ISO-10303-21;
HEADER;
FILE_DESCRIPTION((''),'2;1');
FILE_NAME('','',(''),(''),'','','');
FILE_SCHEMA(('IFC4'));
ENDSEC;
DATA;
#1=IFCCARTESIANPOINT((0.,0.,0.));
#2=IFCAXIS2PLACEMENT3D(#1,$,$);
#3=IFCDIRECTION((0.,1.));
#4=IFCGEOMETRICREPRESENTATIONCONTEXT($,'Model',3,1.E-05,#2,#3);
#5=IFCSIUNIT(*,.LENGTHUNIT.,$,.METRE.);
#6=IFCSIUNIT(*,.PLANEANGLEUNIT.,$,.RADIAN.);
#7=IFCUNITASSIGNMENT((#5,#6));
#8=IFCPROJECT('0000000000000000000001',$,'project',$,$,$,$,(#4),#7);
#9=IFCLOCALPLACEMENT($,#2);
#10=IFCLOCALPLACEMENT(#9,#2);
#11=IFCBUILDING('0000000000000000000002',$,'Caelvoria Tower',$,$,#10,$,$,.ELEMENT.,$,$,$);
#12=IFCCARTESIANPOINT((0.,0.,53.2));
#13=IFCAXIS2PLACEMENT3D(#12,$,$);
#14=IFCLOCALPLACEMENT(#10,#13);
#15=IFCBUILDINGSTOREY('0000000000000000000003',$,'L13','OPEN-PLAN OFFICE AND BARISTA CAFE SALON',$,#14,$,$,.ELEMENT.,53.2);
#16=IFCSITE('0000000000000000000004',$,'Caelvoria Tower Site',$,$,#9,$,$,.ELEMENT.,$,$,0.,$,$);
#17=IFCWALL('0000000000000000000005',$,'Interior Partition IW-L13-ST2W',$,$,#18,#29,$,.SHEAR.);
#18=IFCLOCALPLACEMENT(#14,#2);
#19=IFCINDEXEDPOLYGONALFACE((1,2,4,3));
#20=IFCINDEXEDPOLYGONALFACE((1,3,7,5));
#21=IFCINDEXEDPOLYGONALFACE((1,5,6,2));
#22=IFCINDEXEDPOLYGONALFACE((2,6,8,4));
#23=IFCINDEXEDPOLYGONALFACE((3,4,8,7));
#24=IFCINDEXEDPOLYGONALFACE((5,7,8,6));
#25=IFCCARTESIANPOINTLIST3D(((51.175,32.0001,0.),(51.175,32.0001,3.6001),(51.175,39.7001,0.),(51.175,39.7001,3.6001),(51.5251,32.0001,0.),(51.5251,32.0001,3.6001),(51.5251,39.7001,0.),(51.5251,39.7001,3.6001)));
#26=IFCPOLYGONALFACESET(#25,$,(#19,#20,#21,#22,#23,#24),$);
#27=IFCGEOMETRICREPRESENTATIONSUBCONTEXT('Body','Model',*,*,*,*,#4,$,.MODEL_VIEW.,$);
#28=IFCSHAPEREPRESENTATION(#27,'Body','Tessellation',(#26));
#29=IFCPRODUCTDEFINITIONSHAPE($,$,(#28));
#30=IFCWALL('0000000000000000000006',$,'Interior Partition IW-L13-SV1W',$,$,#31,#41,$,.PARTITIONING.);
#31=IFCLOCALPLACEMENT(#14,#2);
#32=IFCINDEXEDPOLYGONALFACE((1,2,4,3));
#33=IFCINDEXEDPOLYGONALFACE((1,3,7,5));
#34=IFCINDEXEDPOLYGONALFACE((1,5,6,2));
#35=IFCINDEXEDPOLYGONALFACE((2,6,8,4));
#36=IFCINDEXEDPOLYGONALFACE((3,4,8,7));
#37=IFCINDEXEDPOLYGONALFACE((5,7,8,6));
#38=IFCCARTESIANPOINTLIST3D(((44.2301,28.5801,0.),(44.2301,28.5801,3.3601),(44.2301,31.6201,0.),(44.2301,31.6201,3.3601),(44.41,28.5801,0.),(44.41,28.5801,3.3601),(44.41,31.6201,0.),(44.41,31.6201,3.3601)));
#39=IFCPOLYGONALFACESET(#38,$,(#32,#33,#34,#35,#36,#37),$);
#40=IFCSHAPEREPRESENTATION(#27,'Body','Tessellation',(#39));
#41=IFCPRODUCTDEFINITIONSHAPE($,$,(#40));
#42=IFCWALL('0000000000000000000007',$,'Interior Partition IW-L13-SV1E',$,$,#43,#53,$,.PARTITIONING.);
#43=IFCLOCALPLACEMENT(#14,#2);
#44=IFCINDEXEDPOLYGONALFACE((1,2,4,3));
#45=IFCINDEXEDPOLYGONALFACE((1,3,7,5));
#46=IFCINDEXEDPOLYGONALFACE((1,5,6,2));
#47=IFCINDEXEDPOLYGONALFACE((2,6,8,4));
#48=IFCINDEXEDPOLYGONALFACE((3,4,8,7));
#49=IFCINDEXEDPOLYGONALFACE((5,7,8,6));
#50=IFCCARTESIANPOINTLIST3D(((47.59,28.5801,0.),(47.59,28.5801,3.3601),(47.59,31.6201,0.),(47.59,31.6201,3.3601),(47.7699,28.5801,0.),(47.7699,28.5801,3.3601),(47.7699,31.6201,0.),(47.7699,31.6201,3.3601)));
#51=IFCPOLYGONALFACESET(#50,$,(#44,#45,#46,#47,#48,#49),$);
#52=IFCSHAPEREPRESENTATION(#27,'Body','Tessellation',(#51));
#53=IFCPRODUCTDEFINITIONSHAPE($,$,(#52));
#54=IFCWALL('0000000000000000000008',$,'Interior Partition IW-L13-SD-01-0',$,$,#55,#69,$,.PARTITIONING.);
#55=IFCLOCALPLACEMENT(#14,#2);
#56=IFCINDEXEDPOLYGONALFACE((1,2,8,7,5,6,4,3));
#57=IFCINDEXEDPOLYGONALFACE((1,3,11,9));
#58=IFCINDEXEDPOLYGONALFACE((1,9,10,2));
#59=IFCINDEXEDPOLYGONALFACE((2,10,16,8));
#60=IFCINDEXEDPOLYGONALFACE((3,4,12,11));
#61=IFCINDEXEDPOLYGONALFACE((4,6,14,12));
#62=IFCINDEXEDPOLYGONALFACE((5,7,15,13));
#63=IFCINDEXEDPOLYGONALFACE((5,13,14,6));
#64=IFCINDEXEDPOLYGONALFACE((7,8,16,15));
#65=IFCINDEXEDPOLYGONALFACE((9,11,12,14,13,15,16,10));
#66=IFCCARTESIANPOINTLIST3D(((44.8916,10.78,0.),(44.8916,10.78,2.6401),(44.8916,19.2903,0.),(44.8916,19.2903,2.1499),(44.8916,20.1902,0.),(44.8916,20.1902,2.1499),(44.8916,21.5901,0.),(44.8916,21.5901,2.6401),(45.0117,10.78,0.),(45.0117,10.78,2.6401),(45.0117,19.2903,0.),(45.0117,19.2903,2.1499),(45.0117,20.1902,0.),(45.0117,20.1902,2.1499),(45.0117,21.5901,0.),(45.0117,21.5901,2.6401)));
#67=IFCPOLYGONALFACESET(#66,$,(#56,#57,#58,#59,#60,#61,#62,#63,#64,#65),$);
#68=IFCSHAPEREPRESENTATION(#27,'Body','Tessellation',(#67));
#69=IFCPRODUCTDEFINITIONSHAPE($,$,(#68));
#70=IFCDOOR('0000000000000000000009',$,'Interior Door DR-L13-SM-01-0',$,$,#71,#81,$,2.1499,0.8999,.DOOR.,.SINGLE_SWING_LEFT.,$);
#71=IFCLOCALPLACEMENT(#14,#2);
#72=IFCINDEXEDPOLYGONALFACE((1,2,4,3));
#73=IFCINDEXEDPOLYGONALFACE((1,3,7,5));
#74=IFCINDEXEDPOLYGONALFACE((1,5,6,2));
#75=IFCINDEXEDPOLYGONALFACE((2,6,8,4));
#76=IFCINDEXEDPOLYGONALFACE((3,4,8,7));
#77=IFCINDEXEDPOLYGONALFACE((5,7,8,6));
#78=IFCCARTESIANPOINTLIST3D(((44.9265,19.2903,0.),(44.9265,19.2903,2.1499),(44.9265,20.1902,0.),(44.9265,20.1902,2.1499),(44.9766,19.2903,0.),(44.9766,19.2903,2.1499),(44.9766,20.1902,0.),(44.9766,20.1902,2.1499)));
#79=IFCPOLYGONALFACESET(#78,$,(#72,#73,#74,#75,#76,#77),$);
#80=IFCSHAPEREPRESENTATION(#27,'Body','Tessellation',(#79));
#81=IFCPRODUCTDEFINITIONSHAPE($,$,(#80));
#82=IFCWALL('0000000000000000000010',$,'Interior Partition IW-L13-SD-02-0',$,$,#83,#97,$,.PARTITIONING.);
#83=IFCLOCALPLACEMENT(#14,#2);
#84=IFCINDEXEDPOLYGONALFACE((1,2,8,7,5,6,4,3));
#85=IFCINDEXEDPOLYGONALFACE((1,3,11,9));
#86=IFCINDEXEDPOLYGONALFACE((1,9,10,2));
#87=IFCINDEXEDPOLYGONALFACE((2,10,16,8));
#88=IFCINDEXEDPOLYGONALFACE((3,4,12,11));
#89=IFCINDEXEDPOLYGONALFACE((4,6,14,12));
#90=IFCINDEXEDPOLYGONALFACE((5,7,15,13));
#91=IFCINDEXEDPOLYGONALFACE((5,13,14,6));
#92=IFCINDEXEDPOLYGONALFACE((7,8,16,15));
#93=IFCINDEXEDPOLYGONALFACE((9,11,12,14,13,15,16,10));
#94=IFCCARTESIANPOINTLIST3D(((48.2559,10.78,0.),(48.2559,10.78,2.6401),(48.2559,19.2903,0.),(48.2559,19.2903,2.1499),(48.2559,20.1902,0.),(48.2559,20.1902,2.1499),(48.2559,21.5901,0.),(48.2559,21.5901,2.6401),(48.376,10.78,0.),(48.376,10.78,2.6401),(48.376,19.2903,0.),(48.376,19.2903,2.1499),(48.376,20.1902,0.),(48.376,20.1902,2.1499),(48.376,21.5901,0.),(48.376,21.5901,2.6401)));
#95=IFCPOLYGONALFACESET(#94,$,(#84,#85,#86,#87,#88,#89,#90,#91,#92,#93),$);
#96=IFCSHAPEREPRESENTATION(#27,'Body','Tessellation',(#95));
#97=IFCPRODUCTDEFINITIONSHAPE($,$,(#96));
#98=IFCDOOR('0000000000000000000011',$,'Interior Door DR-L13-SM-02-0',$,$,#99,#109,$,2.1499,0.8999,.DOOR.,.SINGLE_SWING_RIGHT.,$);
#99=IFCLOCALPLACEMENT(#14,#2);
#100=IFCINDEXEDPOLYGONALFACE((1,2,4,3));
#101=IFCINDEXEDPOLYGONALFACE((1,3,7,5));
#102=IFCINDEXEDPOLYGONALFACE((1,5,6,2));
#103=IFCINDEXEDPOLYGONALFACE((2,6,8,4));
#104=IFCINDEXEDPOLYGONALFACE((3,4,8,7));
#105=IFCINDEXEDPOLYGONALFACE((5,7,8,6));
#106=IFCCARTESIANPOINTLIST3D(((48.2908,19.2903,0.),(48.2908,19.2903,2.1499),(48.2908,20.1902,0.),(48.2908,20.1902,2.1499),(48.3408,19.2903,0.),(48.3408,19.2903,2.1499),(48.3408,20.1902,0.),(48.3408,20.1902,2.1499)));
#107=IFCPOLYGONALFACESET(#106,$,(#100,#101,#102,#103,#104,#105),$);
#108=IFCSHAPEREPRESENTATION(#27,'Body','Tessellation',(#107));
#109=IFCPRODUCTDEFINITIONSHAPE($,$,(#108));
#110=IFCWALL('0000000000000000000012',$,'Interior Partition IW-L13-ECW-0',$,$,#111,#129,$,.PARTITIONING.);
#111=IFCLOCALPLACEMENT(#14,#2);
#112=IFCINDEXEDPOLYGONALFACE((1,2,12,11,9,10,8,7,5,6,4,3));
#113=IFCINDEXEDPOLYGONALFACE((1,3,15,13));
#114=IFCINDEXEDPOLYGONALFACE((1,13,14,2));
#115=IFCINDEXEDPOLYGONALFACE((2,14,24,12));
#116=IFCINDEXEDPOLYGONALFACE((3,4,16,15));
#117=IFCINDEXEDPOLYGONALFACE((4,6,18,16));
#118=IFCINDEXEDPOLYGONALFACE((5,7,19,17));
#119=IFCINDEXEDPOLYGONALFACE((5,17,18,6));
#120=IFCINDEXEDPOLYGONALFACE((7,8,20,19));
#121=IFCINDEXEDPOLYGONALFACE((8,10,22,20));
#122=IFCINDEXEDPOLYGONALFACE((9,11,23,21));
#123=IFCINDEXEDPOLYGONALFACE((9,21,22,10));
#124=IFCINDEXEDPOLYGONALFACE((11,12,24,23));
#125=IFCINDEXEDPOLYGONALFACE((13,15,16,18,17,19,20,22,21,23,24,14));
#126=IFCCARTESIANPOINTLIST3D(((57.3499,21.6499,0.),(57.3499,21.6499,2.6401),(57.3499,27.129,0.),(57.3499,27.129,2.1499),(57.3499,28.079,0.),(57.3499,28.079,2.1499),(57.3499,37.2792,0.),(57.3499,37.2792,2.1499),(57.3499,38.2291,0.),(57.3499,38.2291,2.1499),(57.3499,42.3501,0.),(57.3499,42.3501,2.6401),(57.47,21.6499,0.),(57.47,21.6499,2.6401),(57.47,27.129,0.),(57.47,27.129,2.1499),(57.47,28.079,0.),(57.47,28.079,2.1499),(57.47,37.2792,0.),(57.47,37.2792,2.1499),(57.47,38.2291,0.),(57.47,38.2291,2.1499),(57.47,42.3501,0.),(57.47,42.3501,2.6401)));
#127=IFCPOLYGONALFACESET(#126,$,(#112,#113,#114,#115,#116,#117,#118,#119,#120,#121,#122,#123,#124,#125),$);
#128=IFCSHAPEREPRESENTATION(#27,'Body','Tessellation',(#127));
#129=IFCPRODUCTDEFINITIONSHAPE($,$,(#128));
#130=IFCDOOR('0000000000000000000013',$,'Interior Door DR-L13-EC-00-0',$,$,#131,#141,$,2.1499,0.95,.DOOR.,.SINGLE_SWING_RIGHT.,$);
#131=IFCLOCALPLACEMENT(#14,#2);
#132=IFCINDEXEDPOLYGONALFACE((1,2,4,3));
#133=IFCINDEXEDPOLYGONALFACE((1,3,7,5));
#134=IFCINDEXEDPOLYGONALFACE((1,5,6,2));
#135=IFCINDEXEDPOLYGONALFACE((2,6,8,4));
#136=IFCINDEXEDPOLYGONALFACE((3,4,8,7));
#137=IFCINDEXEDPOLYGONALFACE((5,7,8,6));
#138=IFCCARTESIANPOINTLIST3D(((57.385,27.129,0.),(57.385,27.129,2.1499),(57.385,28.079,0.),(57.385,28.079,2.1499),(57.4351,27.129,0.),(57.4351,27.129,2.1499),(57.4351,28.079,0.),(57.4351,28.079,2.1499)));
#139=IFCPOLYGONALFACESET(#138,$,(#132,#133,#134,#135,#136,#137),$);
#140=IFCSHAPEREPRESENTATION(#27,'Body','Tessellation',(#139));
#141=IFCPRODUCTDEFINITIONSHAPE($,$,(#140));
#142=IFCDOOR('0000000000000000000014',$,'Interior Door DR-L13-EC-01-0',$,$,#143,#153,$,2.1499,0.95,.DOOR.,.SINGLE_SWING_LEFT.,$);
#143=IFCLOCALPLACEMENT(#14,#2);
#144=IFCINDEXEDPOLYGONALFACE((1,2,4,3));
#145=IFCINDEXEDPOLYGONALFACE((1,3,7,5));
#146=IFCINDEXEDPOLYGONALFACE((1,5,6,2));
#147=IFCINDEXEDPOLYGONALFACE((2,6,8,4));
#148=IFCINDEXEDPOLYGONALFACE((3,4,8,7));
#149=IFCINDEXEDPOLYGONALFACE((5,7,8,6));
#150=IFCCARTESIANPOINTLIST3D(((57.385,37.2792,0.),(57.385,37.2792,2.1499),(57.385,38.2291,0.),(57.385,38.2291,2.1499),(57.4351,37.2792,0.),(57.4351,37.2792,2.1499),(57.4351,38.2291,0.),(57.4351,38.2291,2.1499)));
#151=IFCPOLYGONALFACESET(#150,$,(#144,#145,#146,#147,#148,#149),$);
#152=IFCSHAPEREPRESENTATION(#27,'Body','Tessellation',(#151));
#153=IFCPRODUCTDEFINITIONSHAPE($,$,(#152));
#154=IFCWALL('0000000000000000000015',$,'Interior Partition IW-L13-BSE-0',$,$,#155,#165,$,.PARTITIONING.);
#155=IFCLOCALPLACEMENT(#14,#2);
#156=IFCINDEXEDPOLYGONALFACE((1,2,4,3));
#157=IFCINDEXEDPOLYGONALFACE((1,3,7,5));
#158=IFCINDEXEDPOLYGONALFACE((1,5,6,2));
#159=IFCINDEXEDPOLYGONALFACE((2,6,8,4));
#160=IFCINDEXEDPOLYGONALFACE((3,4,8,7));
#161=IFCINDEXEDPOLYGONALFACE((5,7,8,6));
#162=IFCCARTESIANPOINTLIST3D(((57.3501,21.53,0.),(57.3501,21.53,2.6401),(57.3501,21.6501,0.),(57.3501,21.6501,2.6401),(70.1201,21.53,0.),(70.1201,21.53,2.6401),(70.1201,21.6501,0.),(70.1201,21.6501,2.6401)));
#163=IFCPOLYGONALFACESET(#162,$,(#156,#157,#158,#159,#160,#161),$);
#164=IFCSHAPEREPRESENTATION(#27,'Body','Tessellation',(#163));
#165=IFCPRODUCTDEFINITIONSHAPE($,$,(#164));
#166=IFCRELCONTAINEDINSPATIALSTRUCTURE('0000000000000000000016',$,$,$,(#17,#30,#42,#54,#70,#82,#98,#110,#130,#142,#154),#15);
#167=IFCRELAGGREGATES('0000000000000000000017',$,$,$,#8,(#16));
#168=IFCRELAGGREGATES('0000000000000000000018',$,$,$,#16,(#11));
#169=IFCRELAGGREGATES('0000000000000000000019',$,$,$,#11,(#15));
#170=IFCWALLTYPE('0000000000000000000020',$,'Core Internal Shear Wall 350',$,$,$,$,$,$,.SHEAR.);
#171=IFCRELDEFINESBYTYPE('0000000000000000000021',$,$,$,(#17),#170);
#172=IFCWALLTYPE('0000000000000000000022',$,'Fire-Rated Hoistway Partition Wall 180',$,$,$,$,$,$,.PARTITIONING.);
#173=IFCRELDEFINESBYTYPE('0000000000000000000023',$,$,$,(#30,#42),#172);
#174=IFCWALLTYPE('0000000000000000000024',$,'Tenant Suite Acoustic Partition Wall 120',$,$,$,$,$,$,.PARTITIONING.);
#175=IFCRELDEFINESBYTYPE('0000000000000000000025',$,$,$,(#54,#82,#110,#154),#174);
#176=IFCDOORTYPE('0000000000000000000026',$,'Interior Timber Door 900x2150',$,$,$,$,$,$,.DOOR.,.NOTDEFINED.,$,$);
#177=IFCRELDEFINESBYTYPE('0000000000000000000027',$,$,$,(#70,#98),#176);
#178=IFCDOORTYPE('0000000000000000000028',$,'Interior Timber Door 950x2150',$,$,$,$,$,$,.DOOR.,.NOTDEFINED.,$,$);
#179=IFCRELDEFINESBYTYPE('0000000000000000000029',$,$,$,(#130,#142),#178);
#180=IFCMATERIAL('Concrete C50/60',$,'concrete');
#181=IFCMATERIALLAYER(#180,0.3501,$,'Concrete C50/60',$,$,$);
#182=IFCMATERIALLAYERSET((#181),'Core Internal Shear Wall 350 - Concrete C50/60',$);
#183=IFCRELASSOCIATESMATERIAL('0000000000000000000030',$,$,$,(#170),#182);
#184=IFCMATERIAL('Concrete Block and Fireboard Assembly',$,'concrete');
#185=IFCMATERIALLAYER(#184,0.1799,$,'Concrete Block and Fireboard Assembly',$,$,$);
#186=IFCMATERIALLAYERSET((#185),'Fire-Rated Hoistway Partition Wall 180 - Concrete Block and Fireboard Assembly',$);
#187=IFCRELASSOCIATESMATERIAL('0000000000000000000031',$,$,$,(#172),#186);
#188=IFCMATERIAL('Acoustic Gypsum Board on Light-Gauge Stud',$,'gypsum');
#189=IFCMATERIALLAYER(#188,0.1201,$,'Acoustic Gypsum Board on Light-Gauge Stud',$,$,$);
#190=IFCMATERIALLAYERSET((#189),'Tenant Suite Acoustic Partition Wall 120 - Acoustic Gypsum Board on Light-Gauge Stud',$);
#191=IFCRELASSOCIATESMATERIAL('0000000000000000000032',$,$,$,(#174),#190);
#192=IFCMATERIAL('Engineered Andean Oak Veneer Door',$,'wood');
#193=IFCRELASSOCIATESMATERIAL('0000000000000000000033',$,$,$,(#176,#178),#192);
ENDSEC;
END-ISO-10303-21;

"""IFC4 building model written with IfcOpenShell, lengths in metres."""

from ifc_helpers import new_model, si_unit, direction, frame, frame_2d, origin, place, context, subcontext, project, spatial, rectangle, extrude, material, layer, layer_set, type_object, element, fill, save


model = new_model("IFC4")

# Units and contexts
model_context = context("Model", 3, precision=1e-05, world=origin(), true_north=direction((0.0, 1.0)))
body_context = subcontext(model_context, "Body", "Model", "MODEL_VIEW")
ifc_project = project(units=[si_unit("LENGTHUNIT", "METRE"), si_unit("PLANEANGLEUNIT", "RADIAN")], contexts=[model_context])

# Site, building, storey
site_placement = place(None, origin())
site = spatial("IfcSite", under=ifc_project, at=site_placement, Name="Caelvoria Tower Site", CompositionType="ELEMENT", RefElevation=0.0)
building_placement = place(site_placement, origin())
building = spatial("IfcBuilding", under=site, at=building_placement, Name="Caelvoria Tower", CompositionType="ELEMENT")
storey_placement = place(building_placement, frame((0.0, 0.0, 53.2)))
storey = spatial("IfcBuildingStorey", under=building, at=storey_placement, Name="L13", Description="OPEN-PLAN OFFICE AND BARISTA CAFE SALON", CompositionType="ELEMENT", Elevation=53.2)

# Wall
ifc_material_1 = material(Name="Concrete C50/60", Category="concrete")
ifc_layer_1 = layer(ifc_material_1, 0.3501, Name="Concrete C50/60")
ifc_layer_set_1 = layer_set([ifc_layer_1], Name="Core Internal Shear Wall 350 - Concrete C50/60")
wall_type_1 = type_object("IfcWallType", Name="Core Internal Shear Wall 350", PredefinedType="SHEAR", material=ifc_layer_set_1)
wall_1_placement = place(storey_placement, frame((51.3501, 32.0, 0.0), z_axis=(0.0, 0.0, 1.0), x_axis=(0.0, 1.0, 0.0)))
element("IfcWall", 1, at=wall_1_placement, inside=storey, type_object=wall_type_1, Name="Interior Partition IW-L13-ST2W", PredefinedType="SHEAR", context=body_context, shape_type="SweptSolid", body=[
    extrude(rectangle(XDim=7.7, YDim=0.3501, at=frame_2d((3.8501, 0.0))), origin(), (0.0, 0.0, 1.0), 3.6001),
])

# Walls
ifc_material_2 = material(Name="Concrete Block and Fireboard Assembly", Category="concrete")
ifc_layer_2 = layer(ifc_material_2, 0.1799, Name="Concrete Block and Fireboard Assembly")
ifc_layer_set_2 = layer_set([ifc_layer_2], Name="Fire-Rated Hoistway Partition Wall 180 - Concrete Block and Fireboard Assembly")
wall_type_2 = type_object("IfcWallType", Name="Fire-Rated Hoistway Partition Wall 180", PredefinedType="PARTITIONING", material=ifc_layer_set_2)
for number, where, z_axis, x_axis, name in (
    (2, (44.3201, 28.5801, 0.0), (0.0, 0.0, 1.0), (0.0, 1.0, 0.0), "Interior Partition IW-L13-SV1W"),
    (3, (47.6799, 28.5801, 0.0), (0.0, 0.0, 1.0), (0.0, 1.0, 0.0), "Interior Partition IW-L13-SV1E"),
):
    element("IfcWall", number, at=place(storey_placement, frame(where, z_axis=z_axis, x_axis=x_axis)), inside=storey, type_object=wall_type_2, Name=name, PredefinedType="PARTITIONING", context=body_context, shape_type="SweptSolid", body=[
        extrude(rectangle(XDim=3.04, YDim=0.1799, at=frame_2d((1.52, 0.0))), origin(), (0.0, 0.0, 1.0), 3.3601),
    ])

# Walls, openings, doors
ifc_material_3 = material(Name="Acoustic Gypsum Board on Light-Gauge Stud", Category="gypsum")
ifc_layer_3 = layer(ifc_material_3, 0.1201, Name="Acoustic Gypsum Board on Light-Gauge Stud")
ifc_layer_set_3 = layer_set([ifc_layer_3], Name="Tenant Suite Acoustic Partition Wall 120 - Acoustic Gypsum Board on Light-Gauge Stud")
wall_type_3 = type_object("IfcWallType", Name="Tenant Suite Acoustic Partition Wall 120", PredefinedType="PARTITIONING", material=ifc_layer_set_3)
wall_2_placement = place(storey_placement, frame((44.9517, 21.5901, 0.0), z_axis=(0.0, 0.0, 1.0), x_axis=(0.0, -1.0, 0.0)))
wall_2 = element("IfcWall", 4, at=wall_2_placement, inside=storey, type_object=wall_type_3, Name="Interior Partition IW-L13-SD-01-0", PredefinedType="PARTITIONING", context=body_context, shape_type="SweptSolid", body=[
    extrude(rectangle(XDim=10.8101, YDim=0.1201, at=frame_2d((5.405, 0.0))), origin(), (0.0, 0.0, 1.0), 2.6401),
])
opening_1_placement = place(wall_2_placement, frame((1.3999, 0.0, 0.0)))
opening_1 = element("IfcOpeningElement", 5, at=opening_1_placement, cuts=wall_2, PredefinedType="OPENING", context=body_context, shape_type="SweptSolid", body=[
    extrude(rectangle(XDim=0.8999, YDim=2.1499, at=frame_2d((0.45, 1.075))), frame((0.0, 0.0701, 0.0), z_axis=(0.0, -1.0, 0.0), x_axis=(1.0, 0.0, 0.0)), (0.0, 0.0, 1.0), 0.1401),
])
ifc_material_4 = material(Name="Engineered Andean Oak Veneer Door", Category="wood")
door_type_1 = type_object("IfcDoorType", Name="Interior Timber Door 900x2150", OperationType="NOTDEFINED", PredefinedType="DOOR", material=ifc_material_4)
door_1_placement = place(opening_1_placement, origin())
door_1 = element("IfcDoor", 6, at=door_1_placement, inside=storey, type_object=door_type_1, Name="Interior Door DR-L13-SM-01-0", OperationType="SINGLE_SWING_LEFT", OverallHeight=2.1499, OverallWidth=0.8999, PredefinedType="DOOR", context=body_context, shape_type="SweptSolid", body=[
    extrude(rectangle(XDim=0.8999, YDim=2.1499, at=frame_2d((0.45, 1.075))), frame((0.0, 0.0249, 0.0), z_axis=(0.0, -1.0, 0.0), x_axis=(1.0, 0.0, 0.0)), (0.0, 0.0, 1.0), 0.05),
])
fill(opening_1, door_1)
wall_3_placement = place(storey_placement, frame((48.3159, 21.5901, 0.0), z_axis=(0.0, 0.0, 1.0), x_axis=(0.0, -1.0, 0.0)))
wall_3 = element("IfcWall", 7, at=wall_3_placement, inside=storey, type_object=wall_type_3, Name="Interior Partition IW-L13-SD-02-0", PredefinedType="PARTITIONING", context=body_context, shape_type="SweptSolid", body=[
    extrude(rectangle(XDim=10.8101, YDim=0.1201, at=frame_2d((5.405, 0.0))), origin(), (0.0, 0.0, 1.0), 2.6401),
])
opening_2_placement = place(wall_3_placement, frame((1.3999, 0.0, 0.0)))
opening_2 = element("IfcOpeningElement", 8, at=opening_2_placement, cuts=wall_3, PredefinedType="OPENING", context=body_context, shape_type="SweptSolid", body=[
    extrude(rectangle(XDim=0.8999, YDim=2.1499, at=frame_2d((0.45, 1.075))), frame((0.0, 0.0701, 0.0), z_axis=(0.0, -1.0, 0.0), x_axis=(1.0, 0.0, 0.0)), (0.0, 0.0, 1.0), 0.1401),
])
door_2_placement = place(opening_2_placement, origin())
door_2 = element("IfcDoor", 9, at=door_2_placement, inside=storey, type_object=door_type_1, Name="Interior Door DR-L13-SM-02-0", OperationType="SINGLE_SWING_RIGHT", OverallHeight=2.1499, OverallWidth=0.8999, PredefinedType="DOOR", context=body_context, shape_type="SweptSolid", body=[
    extrude(rectangle(XDim=0.8999, YDim=2.1499, at=frame_2d((0.45, 1.075))), frame((0.0, 0.0249, 0.0), z_axis=(0.0, -1.0, 0.0), x_axis=(1.0, 0.0, 0.0)), (0.0, 0.0, 1.0), 0.05),
])
fill(opening_2, door_2)

# Wall, openings, doors
wall_4_placement = place(storey_placement, frame((57.4099, 21.6499, 0.0), z_axis=(0.0, 0.0, 1.0), x_axis=(0.0, 1.0, 0.0)))
wall_4 = element("IfcWall", 10, at=wall_4_placement, inside=storey, type_object=wall_type_3, Name="Interior Partition IW-L13-ECW-0", PredefinedType="PARTITIONING", context=body_context, shape_type="SweptSolid", body=[
    extrude(rectangle(XDim=20.7002, YDim=0.1201, at=frame_2d((10.3501, 0.0))), origin(), (0.0, 0.0, 1.0), 2.6401),
])
opening_3_placement = place(wall_4_placement, frame((5.479, 0.0, 0.0)))
opening_3 = element("IfcOpeningElement", 11, at=opening_3_placement, cuts=wall_4, PredefinedType="OPENING", context=body_context, shape_type="SweptSolid", body=[
    extrude(rectangle(XDim=0.95, YDim=2.1499, at=frame_2d((0.4751, 1.075))), frame((0.0, 0.0701, 0.0), z_axis=(0.0, -1.0, 0.0), x_axis=(1.0, 0.0, 0.0)), (0.0, 0.0, 1.0), 0.1401),
])
opening_4_placement = place(wall_4_placement, frame((15.6292, 0.0, 0.0)))
opening_4 = element("IfcOpeningElement", 12, at=opening_4_placement, cuts=wall_4, PredefinedType="OPENING", context=body_context, shape_type="SweptSolid", body=[
    extrude(rectangle(XDim=0.95, YDim=2.1499, at=frame_2d((0.4751, 1.075))), frame((0.0, 0.0701, 0.0), z_axis=(0.0, -1.0, 0.0), x_axis=(1.0, 0.0, 0.0)), (0.0, 0.0, 1.0), 0.1401),
])
door_type_2 = type_object("IfcDoorType", Name="Interior Timber Door 950x2150", OperationType="NOTDEFINED", PredefinedType="DOOR", material=ifc_material_4)
door_3_placement = place(opening_3_placement, origin())
door_3 = element("IfcDoor", 13, at=door_3_placement, inside=storey, type_object=door_type_2, Name="Interior Door DR-L13-EC-00-0", OperationType="SINGLE_SWING_RIGHT", OverallHeight=2.1499, OverallWidth=0.95, PredefinedType="DOOR", context=body_context, shape_type="SweptSolid", body=[
    extrude(rectangle(XDim=0.95, YDim=2.1499, at=frame_2d((0.4751, 1.075))), frame((0.0, 0.0249, 0.0), z_axis=(0.0, -1.0, 0.0), x_axis=(1.0, 0.0, 0.0)), (0.0, 0.0, 1.0), 0.05),
])
fill(opening_3, door_3)
door_4_placement = place(opening_4_placement, origin())
door_4 = element("IfcDoor", 14, at=door_4_placement, inside=storey, type_object=door_type_2, Name="Interior Door DR-L13-EC-01-0", OperationType="SINGLE_SWING_LEFT", OverallHeight=2.1499, OverallWidth=0.95, PredefinedType="DOOR", context=body_context, shape_type="SweptSolid", body=[
    extrude(rectangle(XDim=0.95, YDim=2.1499, at=frame_2d((0.4751, 1.075))), frame((0.0, 0.0249, 0.0), z_axis=(0.0, -1.0, 0.0), x_axis=(1.0, 0.0, 0.0)), (0.0, 0.0, 1.0), 0.05),
])
fill(opening_4, door_4)

# Wall
wall_5_placement = place(storey_placement, frame((57.3501, 21.5901, 0.0), z_axis=(0.0, 0.0, 1.0), x_axis=(1.0, 0.0, 0.0)))
element("IfcWall", 15, at=wall_5_placement, inside=storey, type_object=wall_type_3, Name="Interior Partition IW-L13-BSE-0", PredefinedType="PARTITIONING", context=body_context, shape_type="SweptSolid", body=[
    extrude(rectangle(XDim=12.77, YDim=0.1201, at=frame_2d((6.385, 0.0))), origin(), (0.0, 0.0, 1.0), 2.6401),
])

save(model, "model.ifc")
